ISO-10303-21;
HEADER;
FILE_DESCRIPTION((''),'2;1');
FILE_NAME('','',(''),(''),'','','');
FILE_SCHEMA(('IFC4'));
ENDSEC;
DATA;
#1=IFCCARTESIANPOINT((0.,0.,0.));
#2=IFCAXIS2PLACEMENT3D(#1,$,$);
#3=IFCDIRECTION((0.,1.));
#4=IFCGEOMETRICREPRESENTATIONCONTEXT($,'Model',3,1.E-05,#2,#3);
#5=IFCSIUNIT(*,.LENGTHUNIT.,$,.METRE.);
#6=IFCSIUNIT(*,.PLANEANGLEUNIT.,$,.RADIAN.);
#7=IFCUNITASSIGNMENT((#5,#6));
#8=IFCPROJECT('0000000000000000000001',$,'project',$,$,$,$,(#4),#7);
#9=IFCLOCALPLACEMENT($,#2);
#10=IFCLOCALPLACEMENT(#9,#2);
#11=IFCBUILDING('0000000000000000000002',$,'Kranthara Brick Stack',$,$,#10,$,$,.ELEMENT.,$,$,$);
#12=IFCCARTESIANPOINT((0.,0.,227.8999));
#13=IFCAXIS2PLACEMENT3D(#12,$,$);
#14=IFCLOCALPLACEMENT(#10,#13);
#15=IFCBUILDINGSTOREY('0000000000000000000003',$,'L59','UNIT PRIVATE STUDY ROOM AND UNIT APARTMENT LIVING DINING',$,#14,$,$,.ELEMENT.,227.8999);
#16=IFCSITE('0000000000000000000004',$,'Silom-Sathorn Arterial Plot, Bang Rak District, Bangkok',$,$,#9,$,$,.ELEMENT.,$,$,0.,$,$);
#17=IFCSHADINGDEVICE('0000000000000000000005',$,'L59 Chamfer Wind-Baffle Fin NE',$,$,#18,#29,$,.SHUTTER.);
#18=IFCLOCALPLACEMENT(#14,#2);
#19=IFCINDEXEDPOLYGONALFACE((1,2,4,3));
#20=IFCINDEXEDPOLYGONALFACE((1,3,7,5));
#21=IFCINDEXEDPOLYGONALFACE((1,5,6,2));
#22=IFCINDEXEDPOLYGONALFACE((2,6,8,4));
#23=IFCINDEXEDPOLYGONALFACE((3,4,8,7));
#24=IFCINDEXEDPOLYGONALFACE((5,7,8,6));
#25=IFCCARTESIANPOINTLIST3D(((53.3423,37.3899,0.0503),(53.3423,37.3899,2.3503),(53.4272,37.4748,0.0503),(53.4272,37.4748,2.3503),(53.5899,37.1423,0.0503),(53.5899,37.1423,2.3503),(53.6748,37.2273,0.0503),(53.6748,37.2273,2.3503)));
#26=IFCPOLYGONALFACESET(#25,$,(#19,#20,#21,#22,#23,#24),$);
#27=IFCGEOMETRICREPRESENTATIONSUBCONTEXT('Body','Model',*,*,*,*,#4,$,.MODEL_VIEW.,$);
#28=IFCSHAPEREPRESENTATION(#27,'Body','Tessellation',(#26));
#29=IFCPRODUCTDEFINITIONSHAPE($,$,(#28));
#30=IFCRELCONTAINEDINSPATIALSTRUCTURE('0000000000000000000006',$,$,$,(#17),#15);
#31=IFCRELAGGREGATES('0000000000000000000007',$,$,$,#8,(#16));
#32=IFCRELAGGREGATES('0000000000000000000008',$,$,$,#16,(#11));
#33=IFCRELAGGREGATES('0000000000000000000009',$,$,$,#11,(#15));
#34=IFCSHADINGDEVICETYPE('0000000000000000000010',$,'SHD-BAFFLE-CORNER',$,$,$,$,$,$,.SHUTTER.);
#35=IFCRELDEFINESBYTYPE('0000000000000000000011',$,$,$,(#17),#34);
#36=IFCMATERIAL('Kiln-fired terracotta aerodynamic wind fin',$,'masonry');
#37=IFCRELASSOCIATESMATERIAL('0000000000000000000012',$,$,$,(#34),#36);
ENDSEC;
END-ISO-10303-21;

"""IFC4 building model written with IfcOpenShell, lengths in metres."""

from ifc_helpers import new_model, si_unit, direction, frame, origin, origin_2d, place, context, subcontext, project, spatial, rectangle, extrude, material, type_object, element, save


model = new_model("IFC4")

# Units and contexts
model_context = context("Model", 3, precision=1e-05, world=origin(), true_north=direction((0.0, 1.0)))
body_context = subcontext(model_context, "Body", "Model", "MODEL_VIEW")
ifc_project = project(units=[si_unit("LENGTHUNIT", "METRE"), si_unit("PLANEANGLEUNIT", "RADIAN")], contexts=[model_context])

# Site, building, storey
site_placement = place(None, origin())
site = spatial("IfcSite", under=ifc_project, at=site_placement, Name="Silom-Sathorn Arterial Plot, Bang Rak District, Bangkok", CompositionType="ELEMENT", RefElevation=0.0)
building_placement = place(site_placement, origin())
building = spatial("IfcBuilding", under=site, at=building_placement, Name="Kranthara Brick Stack", CompositionType="ELEMENT")
storey_placement = place(building_placement, frame((0.0, 0.0, 227.8999)))
storey = spatial("IfcBuildingStorey", under=building, at=storey_placement, Name="L59", Description="UNIT PRIVATE STUDY ROOM AND UNIT APARTMENT LIVING DINING", CompositionType="ELEMENT", Elevation=227.8999)

# Shading device
ifc_material_1 = material(Name="Kiln-fired terracotta aerodynamic wind fin", Category="masonry")
shading_device_type = type_object("IfcShadingDeviceType", Name="SHD-BAFFLE-CORNER", PredefinedType="SHUTTER", material=ifc_material_1)
shading_device_placement = place(storey_placement, frame((53.5085, 37.3086, 0.0503), z_axis=(0.0, 0.0, 1.0), x_axis=(0.707107, -0.707107, 0.0)))
element("IfcShadingDevice", 1, at=shading_device_placement, inside=storey, type_object=shading_device_type, Name="L59 Chamfer Wind-Baffle Fin NE", PredefinedType="SHUTTER", context=body_context, shape_type="SweptSolid", body=[
    extrude(rectangle(XDim=0.3501, YDim=0.1201, at=origin_2d()), origin(), (0.0, 0.0, 1.0), 2.3),
])

save(model, "model.ifc")
